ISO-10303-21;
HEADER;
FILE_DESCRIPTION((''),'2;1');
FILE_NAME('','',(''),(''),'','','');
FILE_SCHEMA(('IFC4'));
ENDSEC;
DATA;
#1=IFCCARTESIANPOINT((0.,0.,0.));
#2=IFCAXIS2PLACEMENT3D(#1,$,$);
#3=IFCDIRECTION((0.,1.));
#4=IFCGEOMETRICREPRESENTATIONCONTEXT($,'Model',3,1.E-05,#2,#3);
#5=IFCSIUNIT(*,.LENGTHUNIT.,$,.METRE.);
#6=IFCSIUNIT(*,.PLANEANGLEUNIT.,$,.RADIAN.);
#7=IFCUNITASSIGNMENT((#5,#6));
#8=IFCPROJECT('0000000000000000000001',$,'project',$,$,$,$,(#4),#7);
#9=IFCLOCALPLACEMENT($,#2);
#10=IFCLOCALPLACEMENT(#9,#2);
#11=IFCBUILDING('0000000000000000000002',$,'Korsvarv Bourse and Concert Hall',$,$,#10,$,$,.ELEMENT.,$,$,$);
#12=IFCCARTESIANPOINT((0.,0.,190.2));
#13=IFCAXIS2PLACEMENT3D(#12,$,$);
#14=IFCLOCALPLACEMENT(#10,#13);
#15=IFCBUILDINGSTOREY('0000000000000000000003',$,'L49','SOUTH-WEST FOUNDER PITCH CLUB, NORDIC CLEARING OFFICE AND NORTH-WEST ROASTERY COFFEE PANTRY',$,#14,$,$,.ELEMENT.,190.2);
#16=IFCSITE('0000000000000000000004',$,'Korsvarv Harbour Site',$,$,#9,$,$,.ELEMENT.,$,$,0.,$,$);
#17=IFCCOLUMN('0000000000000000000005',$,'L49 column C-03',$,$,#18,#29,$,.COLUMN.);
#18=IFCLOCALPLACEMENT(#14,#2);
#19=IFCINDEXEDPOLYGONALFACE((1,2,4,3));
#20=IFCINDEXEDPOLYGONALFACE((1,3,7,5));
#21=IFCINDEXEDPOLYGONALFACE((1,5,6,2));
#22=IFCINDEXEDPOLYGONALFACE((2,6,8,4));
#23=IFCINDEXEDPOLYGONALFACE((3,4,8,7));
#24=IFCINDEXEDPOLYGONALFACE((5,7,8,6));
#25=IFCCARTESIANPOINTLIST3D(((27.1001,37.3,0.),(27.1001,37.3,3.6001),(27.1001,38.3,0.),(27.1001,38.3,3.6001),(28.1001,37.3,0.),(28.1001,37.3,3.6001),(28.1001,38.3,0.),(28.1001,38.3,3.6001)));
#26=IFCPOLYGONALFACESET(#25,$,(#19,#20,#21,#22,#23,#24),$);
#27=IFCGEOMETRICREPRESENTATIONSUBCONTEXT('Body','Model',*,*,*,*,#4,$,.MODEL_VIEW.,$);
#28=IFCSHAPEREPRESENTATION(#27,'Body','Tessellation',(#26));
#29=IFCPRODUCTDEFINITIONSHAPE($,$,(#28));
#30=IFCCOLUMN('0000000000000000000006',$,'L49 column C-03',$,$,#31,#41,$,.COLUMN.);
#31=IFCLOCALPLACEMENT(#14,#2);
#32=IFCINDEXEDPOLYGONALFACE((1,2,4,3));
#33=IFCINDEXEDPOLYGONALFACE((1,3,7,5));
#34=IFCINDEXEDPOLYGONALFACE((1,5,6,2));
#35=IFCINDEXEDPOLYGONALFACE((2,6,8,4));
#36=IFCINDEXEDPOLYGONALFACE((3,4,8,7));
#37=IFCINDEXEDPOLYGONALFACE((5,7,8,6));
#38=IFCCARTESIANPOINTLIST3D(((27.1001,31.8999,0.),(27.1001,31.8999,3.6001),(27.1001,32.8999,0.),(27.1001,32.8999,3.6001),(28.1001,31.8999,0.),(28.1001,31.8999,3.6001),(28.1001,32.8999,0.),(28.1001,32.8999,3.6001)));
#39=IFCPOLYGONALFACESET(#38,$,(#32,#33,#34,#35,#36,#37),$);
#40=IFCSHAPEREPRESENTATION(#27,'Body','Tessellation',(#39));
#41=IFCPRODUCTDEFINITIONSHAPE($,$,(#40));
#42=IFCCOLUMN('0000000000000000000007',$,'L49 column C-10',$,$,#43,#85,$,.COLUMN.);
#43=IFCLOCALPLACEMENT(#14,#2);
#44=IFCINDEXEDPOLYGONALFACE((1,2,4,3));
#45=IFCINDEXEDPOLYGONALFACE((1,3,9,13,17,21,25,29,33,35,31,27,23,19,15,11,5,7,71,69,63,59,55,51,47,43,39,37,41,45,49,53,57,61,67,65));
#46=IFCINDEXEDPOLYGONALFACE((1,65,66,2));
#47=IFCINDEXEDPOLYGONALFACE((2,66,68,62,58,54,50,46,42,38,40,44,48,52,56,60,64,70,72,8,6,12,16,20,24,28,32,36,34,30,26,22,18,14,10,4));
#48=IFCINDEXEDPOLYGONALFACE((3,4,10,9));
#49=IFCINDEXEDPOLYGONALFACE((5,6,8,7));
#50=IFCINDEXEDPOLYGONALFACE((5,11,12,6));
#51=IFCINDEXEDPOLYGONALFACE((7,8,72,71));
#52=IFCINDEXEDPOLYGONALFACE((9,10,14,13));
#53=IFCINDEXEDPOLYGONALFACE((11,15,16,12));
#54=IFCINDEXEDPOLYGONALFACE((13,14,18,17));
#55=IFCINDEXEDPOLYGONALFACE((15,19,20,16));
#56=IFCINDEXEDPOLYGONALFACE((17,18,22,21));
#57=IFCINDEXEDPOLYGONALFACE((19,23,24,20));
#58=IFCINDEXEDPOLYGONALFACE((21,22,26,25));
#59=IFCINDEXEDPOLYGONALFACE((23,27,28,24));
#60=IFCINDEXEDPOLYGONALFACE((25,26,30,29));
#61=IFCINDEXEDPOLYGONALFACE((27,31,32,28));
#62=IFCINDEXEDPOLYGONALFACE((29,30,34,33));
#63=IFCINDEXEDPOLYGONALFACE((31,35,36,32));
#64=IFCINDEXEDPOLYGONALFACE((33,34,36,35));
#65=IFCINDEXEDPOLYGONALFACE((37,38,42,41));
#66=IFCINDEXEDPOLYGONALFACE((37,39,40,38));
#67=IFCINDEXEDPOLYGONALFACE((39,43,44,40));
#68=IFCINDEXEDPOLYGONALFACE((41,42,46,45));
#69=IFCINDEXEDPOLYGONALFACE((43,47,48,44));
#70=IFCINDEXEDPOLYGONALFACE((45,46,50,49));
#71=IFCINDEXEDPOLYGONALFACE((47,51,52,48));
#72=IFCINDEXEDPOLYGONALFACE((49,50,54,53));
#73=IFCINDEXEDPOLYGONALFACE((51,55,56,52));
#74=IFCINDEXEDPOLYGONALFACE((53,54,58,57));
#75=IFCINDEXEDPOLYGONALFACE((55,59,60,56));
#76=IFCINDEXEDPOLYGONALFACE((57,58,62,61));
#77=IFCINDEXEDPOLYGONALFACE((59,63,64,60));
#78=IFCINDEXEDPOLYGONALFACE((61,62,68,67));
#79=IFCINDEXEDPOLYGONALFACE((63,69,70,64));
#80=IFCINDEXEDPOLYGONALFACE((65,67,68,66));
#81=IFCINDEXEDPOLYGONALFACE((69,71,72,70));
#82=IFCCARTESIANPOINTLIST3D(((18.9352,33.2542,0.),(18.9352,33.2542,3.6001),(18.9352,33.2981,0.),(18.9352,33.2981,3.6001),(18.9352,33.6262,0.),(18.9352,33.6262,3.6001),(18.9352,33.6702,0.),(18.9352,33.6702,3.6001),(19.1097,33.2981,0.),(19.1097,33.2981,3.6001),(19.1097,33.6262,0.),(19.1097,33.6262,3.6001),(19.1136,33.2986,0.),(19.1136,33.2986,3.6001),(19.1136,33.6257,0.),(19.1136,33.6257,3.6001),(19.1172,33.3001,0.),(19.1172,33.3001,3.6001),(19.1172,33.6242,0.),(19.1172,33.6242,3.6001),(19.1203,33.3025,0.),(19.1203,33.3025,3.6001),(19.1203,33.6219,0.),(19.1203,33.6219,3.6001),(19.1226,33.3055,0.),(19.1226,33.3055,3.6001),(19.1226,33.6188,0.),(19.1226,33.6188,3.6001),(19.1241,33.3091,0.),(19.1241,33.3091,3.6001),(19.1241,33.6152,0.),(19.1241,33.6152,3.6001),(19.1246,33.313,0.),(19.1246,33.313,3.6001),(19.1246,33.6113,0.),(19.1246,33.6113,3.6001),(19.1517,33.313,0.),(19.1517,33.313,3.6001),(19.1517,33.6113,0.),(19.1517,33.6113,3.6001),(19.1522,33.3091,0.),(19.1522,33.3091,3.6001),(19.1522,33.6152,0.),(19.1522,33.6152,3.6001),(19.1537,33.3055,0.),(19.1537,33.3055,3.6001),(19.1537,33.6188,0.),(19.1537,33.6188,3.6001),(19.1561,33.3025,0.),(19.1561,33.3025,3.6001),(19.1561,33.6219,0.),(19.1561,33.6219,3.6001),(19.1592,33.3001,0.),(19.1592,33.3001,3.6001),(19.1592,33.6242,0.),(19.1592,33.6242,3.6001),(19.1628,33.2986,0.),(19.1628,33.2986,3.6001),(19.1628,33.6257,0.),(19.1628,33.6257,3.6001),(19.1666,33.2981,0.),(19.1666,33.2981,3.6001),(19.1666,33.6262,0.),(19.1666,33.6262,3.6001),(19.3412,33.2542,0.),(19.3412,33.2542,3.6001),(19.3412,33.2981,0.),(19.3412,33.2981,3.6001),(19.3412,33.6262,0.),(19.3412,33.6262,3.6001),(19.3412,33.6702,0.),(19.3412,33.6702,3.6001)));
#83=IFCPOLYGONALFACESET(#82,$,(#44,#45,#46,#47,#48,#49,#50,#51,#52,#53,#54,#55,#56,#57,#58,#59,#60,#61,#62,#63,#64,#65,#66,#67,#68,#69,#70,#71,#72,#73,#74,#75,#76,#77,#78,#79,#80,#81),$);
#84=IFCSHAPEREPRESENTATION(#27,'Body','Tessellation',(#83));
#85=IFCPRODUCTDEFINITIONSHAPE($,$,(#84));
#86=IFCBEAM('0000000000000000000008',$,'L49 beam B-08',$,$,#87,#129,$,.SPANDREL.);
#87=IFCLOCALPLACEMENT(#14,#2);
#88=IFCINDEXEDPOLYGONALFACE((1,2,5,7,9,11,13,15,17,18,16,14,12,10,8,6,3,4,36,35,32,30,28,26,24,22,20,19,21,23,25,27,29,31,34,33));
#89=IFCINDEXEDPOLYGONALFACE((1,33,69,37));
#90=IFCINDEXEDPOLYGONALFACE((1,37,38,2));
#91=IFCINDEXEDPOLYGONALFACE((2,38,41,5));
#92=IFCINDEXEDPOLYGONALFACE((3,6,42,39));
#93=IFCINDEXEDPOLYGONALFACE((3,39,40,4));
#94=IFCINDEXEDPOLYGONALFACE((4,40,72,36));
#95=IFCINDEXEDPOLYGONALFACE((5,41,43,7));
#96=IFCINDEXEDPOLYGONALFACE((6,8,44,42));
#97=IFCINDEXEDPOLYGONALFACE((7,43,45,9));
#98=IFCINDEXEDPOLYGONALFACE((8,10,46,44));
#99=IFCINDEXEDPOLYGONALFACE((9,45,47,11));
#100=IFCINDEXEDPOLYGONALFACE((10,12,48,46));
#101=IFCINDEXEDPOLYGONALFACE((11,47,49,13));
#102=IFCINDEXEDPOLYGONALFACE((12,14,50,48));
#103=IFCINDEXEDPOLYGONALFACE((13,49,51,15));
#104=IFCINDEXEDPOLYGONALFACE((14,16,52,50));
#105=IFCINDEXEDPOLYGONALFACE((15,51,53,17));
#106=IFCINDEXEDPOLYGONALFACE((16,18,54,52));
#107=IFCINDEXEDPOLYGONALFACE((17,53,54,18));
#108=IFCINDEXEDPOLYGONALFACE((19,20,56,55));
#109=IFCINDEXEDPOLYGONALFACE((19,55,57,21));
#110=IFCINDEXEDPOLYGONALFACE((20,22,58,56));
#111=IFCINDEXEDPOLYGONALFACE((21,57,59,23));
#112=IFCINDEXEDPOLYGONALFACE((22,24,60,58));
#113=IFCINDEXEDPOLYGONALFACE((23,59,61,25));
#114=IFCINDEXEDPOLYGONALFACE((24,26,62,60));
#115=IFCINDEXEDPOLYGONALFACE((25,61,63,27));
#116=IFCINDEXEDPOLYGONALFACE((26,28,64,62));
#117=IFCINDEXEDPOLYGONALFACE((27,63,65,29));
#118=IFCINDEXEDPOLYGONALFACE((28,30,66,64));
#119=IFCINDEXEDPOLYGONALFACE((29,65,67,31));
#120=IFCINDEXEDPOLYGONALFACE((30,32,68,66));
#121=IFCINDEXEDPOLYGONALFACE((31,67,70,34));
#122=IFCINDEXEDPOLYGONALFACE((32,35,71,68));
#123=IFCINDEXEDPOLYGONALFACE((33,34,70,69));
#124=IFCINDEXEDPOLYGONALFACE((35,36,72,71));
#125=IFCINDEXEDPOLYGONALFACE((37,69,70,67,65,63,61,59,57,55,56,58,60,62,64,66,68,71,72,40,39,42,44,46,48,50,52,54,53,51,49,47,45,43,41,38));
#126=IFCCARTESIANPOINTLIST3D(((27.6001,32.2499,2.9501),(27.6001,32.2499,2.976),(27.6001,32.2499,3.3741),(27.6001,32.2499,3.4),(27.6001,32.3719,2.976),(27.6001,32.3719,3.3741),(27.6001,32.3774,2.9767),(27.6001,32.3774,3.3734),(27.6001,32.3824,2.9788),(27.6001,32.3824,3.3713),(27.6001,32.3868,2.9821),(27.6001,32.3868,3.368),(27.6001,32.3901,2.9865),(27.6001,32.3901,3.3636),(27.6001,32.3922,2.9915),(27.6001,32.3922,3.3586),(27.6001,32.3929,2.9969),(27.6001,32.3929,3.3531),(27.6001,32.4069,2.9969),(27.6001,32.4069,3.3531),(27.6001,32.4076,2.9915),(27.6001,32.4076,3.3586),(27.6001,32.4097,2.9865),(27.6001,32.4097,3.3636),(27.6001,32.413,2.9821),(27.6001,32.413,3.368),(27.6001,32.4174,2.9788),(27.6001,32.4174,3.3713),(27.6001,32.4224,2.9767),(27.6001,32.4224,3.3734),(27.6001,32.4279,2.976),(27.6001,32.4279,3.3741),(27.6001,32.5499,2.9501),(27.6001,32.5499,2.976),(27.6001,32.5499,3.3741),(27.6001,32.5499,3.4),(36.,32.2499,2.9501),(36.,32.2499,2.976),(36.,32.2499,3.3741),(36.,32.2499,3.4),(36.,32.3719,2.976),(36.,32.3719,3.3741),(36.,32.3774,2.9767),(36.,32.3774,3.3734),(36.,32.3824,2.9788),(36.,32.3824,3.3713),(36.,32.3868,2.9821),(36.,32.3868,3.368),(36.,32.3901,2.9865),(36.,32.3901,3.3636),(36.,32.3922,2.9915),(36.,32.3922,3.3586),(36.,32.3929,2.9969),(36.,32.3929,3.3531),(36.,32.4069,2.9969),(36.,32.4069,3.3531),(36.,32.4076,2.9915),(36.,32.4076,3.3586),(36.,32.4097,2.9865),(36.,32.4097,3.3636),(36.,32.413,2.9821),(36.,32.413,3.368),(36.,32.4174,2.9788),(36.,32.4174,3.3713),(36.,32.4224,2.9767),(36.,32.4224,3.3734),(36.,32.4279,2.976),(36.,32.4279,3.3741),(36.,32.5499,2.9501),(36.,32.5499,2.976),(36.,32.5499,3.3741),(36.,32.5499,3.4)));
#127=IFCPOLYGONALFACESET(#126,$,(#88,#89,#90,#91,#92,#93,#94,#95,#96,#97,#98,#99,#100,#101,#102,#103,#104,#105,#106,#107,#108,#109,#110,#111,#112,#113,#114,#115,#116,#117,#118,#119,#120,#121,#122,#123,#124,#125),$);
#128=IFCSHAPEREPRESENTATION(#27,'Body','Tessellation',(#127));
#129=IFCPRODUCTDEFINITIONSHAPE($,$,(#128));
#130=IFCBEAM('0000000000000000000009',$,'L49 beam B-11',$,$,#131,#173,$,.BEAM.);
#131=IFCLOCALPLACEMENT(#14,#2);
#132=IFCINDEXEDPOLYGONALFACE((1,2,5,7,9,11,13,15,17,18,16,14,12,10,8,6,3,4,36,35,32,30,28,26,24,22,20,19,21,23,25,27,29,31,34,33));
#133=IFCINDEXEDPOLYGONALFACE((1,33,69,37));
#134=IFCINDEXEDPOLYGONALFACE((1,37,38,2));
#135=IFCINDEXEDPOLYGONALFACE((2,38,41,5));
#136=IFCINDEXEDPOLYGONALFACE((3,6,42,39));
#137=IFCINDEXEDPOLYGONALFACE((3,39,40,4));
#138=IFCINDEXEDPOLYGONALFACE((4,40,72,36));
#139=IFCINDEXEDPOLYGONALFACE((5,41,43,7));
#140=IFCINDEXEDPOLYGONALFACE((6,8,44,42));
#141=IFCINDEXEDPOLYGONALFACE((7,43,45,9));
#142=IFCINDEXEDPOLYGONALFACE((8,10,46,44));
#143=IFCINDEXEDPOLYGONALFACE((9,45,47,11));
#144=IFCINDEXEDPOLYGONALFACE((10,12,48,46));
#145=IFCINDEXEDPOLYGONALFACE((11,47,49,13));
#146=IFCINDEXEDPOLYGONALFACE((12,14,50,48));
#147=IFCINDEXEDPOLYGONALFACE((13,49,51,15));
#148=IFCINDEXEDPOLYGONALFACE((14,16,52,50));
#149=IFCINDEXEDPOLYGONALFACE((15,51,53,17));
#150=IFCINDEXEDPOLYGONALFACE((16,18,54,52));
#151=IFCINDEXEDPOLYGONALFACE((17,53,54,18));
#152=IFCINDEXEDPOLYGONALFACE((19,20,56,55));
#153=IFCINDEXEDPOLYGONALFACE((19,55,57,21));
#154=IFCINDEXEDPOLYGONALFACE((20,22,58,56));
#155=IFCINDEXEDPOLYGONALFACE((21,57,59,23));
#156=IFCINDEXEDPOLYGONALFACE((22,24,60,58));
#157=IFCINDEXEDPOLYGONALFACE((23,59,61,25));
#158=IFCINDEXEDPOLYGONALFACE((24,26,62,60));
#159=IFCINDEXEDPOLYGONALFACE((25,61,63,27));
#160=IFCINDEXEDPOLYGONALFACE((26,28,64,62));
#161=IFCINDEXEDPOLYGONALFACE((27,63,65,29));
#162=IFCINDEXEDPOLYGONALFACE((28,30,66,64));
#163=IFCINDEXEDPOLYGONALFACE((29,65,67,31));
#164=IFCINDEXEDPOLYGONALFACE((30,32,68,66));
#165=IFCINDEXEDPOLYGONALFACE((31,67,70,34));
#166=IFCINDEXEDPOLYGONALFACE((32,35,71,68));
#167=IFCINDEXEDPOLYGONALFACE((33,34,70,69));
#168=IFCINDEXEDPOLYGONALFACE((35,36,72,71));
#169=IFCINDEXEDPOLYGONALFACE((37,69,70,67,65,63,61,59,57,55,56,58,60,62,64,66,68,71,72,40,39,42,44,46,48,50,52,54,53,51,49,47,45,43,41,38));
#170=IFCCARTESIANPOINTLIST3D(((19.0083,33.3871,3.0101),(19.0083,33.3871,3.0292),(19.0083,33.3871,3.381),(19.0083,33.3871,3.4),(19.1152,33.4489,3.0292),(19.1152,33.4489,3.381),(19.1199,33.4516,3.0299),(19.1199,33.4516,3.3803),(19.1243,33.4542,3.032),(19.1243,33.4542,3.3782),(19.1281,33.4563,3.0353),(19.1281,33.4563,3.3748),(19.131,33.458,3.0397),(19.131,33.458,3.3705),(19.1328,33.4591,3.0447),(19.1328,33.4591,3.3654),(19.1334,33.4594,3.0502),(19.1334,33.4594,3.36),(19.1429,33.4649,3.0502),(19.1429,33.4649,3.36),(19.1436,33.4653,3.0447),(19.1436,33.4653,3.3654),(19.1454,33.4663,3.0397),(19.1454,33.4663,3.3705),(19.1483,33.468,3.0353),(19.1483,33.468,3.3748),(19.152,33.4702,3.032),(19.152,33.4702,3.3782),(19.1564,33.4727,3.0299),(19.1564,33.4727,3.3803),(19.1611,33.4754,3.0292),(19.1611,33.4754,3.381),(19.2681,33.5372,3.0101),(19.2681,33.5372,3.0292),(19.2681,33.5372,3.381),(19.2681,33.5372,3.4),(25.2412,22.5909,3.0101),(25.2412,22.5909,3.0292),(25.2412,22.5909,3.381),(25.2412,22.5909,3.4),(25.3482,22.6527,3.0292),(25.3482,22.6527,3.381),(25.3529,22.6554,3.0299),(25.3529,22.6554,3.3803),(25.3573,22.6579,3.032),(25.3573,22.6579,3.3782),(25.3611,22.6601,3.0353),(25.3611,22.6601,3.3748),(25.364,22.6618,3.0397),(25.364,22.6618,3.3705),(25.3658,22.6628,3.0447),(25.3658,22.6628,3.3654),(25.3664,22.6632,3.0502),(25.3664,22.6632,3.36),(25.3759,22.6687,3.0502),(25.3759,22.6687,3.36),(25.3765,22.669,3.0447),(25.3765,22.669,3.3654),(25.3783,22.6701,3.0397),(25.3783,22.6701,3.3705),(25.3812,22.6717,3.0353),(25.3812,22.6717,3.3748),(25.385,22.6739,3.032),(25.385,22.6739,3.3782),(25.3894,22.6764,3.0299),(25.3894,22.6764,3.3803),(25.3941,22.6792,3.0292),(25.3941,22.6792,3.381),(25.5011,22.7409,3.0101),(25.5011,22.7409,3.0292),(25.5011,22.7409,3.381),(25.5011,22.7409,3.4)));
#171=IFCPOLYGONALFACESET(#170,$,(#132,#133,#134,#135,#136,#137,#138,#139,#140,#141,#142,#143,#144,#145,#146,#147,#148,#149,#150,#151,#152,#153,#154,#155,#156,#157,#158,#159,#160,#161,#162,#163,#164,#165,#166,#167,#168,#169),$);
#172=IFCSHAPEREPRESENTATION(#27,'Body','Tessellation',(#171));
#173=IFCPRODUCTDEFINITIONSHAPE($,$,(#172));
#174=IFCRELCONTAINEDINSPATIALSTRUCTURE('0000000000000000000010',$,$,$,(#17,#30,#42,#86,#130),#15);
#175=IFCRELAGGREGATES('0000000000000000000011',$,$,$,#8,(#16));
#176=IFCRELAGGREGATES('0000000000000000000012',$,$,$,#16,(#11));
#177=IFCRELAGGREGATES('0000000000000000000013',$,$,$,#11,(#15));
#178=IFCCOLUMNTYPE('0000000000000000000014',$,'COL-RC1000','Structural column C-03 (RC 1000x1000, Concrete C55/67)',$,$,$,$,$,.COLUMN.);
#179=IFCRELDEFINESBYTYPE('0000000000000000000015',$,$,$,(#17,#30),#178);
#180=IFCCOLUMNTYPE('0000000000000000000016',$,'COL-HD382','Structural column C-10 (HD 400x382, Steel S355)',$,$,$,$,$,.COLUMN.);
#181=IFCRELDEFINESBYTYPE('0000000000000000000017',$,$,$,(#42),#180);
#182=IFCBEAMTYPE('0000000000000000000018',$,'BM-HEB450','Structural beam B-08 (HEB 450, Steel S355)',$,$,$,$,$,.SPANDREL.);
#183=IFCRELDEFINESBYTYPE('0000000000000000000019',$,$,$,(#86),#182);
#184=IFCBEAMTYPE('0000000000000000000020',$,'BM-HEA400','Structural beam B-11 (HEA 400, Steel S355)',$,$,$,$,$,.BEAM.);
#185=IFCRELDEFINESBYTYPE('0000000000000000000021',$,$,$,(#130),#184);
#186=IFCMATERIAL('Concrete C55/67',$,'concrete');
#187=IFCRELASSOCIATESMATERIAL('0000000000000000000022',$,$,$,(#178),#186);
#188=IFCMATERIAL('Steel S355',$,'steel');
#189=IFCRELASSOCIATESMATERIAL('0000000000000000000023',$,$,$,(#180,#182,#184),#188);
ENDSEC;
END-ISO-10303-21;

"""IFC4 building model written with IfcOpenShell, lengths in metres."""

from ifc_helpers import new_model, si_unit, direction, frame, origin, origin_2d, place, context, subcontext, project, spatial, rectangle, i_section, extrude, source, transform, mapped, material, material_profile, profile_set, type_object, element, save


model = new_model("IFC4")

# Units and contexts
model_context = context("Model", 3, precision=1e-05, world=origin(), true_north=direction((0.0, 1.0)))
body_context = subcontext(model_context, "Body", "Model", "MODEL_VIEW")
ifc_project = project(units=[si_unit("LENGTHUNIT", "METRE"), si_unit("PLANEANGLEUNIT", "RADIAN")], contexts=[model_context])

# Site, building, storey
site_placement = place(None, origin())
site = spatial("IfcSite", under=ifc_project, at=site_placement, Name="Korsvarv Harbour Site", CompositionType="ELEMENT", RefElevation=0.0)
building_placement = place(site_placement, origin())
building = spatial("IfcBuilding", under=site, at=building_placement, Name="Korsvarv Bourse and Concert Hall", CompositionType="ELEMENT")
storey_placement = place(building_placement, frame((0.0, 0.0, 190.2)))
storey = spatial("IfcBuildingStorey", under=building, at=storey_placement, Name="L49", Description="SOUTH-WEST FOUNDER PITCH CLUB, NORDIC CLEARING OFFICE AND NORTH-WEST ROASTERY COFFEE PANTRY", CompositionType="ELEMENT", Elevation=190.2)

# Columns
ifc_material_1 = material(Name="Concrete C55/67", Category="concrete")
ifc_material_profile_1 = material_profile(ifc_material_1, rectangle(XDim=1.0, YDim=1.0, at=origin_2d()), Name="RC 1000x1000")
ifc_profile_set_1 = profile_set([ifc_material_profile_1], Name="Concrete C55/67")
column_type_1 = type_object("IfcColumnType", Name="COL-RC1000", Description="Structural column C-03 (RC 1000x1000, Concrete C55/67)", PredefinedType="COLUMN", material=ifc_profile_set_1)
shared_shape_1 = source(origin(), body_context, "Body", "SweptSolid", [
    extrude(rectangle(XDim=1.0, YDim=1.0, at=origin_2d()), origin(), (0.0, 0.0, 1.0), 3.6001),
])
for number, where, z_axis, x_axis, name in (
    (1, (27.6001, 37.8, 0.0), (0.0, 0.0, 1.0), (1.0, 0.0, 0.0), "L49 column C-03"),
    (2, (27.6001, 32.3999, 0.0), (0.0, 0.0, 1.0), (1.0, 0.0, 0.0), "L49 column C-03"),
):
    element("IfcColumn", number, at=place(storey_placement, frame(where, z_axis=z_axis, x_axis=x_axis)), inside=storey, type_object=column_type_1, Name=name, PredefinedType="COLUMN", context=body_context, shape_type="MappedRepresentation", body=[
        mapped(shared_shape_1, transform((0.0, 0.0, 0.0), scale=1.0)),
    ])
ifc_material_2 = material(Name="Steel S355", Category="steel")
ifc_material_profile_2 = material_profile(ifc_material_2, i_section(OverallWidth=0.406, OverallDepth=0.416, WebThickness=0.0271, FlangeThickness=0.0439, FilletRadius=0.0149, at=origin_2d()), Name="HD 400x382")
ifc_profile_set_2 = profile_set([ifc_material_profile_2], Name="Steel S355")
column_type_2 = type_object("IfcColumnType", Name="COL-HD382", Description="Structural column C-10 (HD 400x382, Steel S355)", PredefinedType="COLUMN", material=ifc_profile_set_2)
shared_shape_2 = source(origin(), body_context, "Body", "SweptSolid", [
    extrude(i_section(OverallWidth=0.406, OverallDepth=0.416, WebThickness=0.0271, FlangeThickness=0.0439, FilletRadius=0.0149, at=origin_2d()), origin(), (0.0, 0.0, 1.0), 3.6001),
])
column_placement = place(storey_placement, frame((19.1382, 33.4622, 0.0), z_axis=(0.0, 0.0, 1.0), x_axis=(1.0, 0.0, 0.0)))
element("IfcColumn", 3, at=column_placement, inside=storey, type_object=column_type_2, Name="L49 column C-10", PredefinedType="COLUMN", context=body_context, shape_type="MappedRepresentation", body=[
    mapped(shared_shape_2, transform((0.0, 0.0, 0.0), scale=1.0)),
])

# Beams
ifc_material_profile_3 = material_profile(ifc_material_2, i_section(OverallWidth=0.3, OverallDepth=0.45, WebThickness=0.0139, FlangeThickness=0.0259, FilletRadius=0.021, at=origin_2d()), Name="HEB 450")
ifc_profile_set_3 = profile_set([ifc_material_profile_3], Name="Steel S355")
beam_type_1 = type_object("IfcBeamType", Name="BM-HEB450", Description="Structural beam B-08 (HEB 450, Steel S355)", PredefinedType="SPANDREL", material=ifc_profile_set_3)
shared_shape_3 = source(origin(), body_context, "Body", "SweptSolid", [
    extrude(i_section(OverallWidth=0.3, OverallDepth=0.45, WebThickness=0.0139, FlangeThickness=0.0259, FilletRadius=0.021, at=origin_2d()), origin(), (0.0, 0.0, 1.0), 8.3999),
])
beam_1_placement = place(storey_placement, frame((27.6001, 32.3999, 3.175), z_axis=(1.0, 0.0, 0.0), x_axis=(0.0, 1.0, 0.0)))
element("IfcBeam", 4, at=beam_1_placement, inside=storey, type_object=beam_type_1, Name="L49 beam B-08", PredefinedType="SPANDREL", context=body_context, shape_type="MappedRepresentation", body=[
    mapped(shared_shape_3, transform((0.0, 0.0, 0.0), scale=1.0)),
])
ifc_material_profile_4 = material_profile(ifc_material_2, i_section(OverallWidth=0.3, OverallDepth=0.3899, WebThickness=0.011, FlangeThickness=0.019, FilletRadius=0.021, at=origin_2d()), Name="HEA 400")
ifc_profile_set_4 = profile_set([ifc_material_profile_4], Name="Steel S355")
beam_type_2 = type_object("IfcBeamType", Name="BM-HEA400", Description="Structural beam B-11 (HEA 400, Steel S355)", PredefinedType="BEAM", material=ifc_profile_set_4)
shared_shape_4 = source(origin(), body_context, "Body", "SweptSolid", [
    extrude(i_section(OverallWidth=0.3, OverallDepth=0.3899, WebThickness=0.011, FlangeThickness=0.019, FilletRadius=0.021, at=origin_2d()), origin(), (0.0, 0.0, 1.0), 12.4663),
])
beam_2_placement = place(storey_placement, frame((19.1382, 33.4622, 3.2051), z_axis=(0.499985, -0.866034, 0.0), x_axis=(0.866034, 0.499985, 0.0)))
element("IfcBeam", 5, at=beam_2_placement, inside=storey, type_object=beam_type_2, Name="L49 beam B-11", PredefinedType="BEAM", context=body_context, shape_type="MappedRepresentation", body=[
    mapped(shared_shape_4, transform((0.0, 0.0, 0.0), scale=1.0)),
])

save(model, "model.ifc")
